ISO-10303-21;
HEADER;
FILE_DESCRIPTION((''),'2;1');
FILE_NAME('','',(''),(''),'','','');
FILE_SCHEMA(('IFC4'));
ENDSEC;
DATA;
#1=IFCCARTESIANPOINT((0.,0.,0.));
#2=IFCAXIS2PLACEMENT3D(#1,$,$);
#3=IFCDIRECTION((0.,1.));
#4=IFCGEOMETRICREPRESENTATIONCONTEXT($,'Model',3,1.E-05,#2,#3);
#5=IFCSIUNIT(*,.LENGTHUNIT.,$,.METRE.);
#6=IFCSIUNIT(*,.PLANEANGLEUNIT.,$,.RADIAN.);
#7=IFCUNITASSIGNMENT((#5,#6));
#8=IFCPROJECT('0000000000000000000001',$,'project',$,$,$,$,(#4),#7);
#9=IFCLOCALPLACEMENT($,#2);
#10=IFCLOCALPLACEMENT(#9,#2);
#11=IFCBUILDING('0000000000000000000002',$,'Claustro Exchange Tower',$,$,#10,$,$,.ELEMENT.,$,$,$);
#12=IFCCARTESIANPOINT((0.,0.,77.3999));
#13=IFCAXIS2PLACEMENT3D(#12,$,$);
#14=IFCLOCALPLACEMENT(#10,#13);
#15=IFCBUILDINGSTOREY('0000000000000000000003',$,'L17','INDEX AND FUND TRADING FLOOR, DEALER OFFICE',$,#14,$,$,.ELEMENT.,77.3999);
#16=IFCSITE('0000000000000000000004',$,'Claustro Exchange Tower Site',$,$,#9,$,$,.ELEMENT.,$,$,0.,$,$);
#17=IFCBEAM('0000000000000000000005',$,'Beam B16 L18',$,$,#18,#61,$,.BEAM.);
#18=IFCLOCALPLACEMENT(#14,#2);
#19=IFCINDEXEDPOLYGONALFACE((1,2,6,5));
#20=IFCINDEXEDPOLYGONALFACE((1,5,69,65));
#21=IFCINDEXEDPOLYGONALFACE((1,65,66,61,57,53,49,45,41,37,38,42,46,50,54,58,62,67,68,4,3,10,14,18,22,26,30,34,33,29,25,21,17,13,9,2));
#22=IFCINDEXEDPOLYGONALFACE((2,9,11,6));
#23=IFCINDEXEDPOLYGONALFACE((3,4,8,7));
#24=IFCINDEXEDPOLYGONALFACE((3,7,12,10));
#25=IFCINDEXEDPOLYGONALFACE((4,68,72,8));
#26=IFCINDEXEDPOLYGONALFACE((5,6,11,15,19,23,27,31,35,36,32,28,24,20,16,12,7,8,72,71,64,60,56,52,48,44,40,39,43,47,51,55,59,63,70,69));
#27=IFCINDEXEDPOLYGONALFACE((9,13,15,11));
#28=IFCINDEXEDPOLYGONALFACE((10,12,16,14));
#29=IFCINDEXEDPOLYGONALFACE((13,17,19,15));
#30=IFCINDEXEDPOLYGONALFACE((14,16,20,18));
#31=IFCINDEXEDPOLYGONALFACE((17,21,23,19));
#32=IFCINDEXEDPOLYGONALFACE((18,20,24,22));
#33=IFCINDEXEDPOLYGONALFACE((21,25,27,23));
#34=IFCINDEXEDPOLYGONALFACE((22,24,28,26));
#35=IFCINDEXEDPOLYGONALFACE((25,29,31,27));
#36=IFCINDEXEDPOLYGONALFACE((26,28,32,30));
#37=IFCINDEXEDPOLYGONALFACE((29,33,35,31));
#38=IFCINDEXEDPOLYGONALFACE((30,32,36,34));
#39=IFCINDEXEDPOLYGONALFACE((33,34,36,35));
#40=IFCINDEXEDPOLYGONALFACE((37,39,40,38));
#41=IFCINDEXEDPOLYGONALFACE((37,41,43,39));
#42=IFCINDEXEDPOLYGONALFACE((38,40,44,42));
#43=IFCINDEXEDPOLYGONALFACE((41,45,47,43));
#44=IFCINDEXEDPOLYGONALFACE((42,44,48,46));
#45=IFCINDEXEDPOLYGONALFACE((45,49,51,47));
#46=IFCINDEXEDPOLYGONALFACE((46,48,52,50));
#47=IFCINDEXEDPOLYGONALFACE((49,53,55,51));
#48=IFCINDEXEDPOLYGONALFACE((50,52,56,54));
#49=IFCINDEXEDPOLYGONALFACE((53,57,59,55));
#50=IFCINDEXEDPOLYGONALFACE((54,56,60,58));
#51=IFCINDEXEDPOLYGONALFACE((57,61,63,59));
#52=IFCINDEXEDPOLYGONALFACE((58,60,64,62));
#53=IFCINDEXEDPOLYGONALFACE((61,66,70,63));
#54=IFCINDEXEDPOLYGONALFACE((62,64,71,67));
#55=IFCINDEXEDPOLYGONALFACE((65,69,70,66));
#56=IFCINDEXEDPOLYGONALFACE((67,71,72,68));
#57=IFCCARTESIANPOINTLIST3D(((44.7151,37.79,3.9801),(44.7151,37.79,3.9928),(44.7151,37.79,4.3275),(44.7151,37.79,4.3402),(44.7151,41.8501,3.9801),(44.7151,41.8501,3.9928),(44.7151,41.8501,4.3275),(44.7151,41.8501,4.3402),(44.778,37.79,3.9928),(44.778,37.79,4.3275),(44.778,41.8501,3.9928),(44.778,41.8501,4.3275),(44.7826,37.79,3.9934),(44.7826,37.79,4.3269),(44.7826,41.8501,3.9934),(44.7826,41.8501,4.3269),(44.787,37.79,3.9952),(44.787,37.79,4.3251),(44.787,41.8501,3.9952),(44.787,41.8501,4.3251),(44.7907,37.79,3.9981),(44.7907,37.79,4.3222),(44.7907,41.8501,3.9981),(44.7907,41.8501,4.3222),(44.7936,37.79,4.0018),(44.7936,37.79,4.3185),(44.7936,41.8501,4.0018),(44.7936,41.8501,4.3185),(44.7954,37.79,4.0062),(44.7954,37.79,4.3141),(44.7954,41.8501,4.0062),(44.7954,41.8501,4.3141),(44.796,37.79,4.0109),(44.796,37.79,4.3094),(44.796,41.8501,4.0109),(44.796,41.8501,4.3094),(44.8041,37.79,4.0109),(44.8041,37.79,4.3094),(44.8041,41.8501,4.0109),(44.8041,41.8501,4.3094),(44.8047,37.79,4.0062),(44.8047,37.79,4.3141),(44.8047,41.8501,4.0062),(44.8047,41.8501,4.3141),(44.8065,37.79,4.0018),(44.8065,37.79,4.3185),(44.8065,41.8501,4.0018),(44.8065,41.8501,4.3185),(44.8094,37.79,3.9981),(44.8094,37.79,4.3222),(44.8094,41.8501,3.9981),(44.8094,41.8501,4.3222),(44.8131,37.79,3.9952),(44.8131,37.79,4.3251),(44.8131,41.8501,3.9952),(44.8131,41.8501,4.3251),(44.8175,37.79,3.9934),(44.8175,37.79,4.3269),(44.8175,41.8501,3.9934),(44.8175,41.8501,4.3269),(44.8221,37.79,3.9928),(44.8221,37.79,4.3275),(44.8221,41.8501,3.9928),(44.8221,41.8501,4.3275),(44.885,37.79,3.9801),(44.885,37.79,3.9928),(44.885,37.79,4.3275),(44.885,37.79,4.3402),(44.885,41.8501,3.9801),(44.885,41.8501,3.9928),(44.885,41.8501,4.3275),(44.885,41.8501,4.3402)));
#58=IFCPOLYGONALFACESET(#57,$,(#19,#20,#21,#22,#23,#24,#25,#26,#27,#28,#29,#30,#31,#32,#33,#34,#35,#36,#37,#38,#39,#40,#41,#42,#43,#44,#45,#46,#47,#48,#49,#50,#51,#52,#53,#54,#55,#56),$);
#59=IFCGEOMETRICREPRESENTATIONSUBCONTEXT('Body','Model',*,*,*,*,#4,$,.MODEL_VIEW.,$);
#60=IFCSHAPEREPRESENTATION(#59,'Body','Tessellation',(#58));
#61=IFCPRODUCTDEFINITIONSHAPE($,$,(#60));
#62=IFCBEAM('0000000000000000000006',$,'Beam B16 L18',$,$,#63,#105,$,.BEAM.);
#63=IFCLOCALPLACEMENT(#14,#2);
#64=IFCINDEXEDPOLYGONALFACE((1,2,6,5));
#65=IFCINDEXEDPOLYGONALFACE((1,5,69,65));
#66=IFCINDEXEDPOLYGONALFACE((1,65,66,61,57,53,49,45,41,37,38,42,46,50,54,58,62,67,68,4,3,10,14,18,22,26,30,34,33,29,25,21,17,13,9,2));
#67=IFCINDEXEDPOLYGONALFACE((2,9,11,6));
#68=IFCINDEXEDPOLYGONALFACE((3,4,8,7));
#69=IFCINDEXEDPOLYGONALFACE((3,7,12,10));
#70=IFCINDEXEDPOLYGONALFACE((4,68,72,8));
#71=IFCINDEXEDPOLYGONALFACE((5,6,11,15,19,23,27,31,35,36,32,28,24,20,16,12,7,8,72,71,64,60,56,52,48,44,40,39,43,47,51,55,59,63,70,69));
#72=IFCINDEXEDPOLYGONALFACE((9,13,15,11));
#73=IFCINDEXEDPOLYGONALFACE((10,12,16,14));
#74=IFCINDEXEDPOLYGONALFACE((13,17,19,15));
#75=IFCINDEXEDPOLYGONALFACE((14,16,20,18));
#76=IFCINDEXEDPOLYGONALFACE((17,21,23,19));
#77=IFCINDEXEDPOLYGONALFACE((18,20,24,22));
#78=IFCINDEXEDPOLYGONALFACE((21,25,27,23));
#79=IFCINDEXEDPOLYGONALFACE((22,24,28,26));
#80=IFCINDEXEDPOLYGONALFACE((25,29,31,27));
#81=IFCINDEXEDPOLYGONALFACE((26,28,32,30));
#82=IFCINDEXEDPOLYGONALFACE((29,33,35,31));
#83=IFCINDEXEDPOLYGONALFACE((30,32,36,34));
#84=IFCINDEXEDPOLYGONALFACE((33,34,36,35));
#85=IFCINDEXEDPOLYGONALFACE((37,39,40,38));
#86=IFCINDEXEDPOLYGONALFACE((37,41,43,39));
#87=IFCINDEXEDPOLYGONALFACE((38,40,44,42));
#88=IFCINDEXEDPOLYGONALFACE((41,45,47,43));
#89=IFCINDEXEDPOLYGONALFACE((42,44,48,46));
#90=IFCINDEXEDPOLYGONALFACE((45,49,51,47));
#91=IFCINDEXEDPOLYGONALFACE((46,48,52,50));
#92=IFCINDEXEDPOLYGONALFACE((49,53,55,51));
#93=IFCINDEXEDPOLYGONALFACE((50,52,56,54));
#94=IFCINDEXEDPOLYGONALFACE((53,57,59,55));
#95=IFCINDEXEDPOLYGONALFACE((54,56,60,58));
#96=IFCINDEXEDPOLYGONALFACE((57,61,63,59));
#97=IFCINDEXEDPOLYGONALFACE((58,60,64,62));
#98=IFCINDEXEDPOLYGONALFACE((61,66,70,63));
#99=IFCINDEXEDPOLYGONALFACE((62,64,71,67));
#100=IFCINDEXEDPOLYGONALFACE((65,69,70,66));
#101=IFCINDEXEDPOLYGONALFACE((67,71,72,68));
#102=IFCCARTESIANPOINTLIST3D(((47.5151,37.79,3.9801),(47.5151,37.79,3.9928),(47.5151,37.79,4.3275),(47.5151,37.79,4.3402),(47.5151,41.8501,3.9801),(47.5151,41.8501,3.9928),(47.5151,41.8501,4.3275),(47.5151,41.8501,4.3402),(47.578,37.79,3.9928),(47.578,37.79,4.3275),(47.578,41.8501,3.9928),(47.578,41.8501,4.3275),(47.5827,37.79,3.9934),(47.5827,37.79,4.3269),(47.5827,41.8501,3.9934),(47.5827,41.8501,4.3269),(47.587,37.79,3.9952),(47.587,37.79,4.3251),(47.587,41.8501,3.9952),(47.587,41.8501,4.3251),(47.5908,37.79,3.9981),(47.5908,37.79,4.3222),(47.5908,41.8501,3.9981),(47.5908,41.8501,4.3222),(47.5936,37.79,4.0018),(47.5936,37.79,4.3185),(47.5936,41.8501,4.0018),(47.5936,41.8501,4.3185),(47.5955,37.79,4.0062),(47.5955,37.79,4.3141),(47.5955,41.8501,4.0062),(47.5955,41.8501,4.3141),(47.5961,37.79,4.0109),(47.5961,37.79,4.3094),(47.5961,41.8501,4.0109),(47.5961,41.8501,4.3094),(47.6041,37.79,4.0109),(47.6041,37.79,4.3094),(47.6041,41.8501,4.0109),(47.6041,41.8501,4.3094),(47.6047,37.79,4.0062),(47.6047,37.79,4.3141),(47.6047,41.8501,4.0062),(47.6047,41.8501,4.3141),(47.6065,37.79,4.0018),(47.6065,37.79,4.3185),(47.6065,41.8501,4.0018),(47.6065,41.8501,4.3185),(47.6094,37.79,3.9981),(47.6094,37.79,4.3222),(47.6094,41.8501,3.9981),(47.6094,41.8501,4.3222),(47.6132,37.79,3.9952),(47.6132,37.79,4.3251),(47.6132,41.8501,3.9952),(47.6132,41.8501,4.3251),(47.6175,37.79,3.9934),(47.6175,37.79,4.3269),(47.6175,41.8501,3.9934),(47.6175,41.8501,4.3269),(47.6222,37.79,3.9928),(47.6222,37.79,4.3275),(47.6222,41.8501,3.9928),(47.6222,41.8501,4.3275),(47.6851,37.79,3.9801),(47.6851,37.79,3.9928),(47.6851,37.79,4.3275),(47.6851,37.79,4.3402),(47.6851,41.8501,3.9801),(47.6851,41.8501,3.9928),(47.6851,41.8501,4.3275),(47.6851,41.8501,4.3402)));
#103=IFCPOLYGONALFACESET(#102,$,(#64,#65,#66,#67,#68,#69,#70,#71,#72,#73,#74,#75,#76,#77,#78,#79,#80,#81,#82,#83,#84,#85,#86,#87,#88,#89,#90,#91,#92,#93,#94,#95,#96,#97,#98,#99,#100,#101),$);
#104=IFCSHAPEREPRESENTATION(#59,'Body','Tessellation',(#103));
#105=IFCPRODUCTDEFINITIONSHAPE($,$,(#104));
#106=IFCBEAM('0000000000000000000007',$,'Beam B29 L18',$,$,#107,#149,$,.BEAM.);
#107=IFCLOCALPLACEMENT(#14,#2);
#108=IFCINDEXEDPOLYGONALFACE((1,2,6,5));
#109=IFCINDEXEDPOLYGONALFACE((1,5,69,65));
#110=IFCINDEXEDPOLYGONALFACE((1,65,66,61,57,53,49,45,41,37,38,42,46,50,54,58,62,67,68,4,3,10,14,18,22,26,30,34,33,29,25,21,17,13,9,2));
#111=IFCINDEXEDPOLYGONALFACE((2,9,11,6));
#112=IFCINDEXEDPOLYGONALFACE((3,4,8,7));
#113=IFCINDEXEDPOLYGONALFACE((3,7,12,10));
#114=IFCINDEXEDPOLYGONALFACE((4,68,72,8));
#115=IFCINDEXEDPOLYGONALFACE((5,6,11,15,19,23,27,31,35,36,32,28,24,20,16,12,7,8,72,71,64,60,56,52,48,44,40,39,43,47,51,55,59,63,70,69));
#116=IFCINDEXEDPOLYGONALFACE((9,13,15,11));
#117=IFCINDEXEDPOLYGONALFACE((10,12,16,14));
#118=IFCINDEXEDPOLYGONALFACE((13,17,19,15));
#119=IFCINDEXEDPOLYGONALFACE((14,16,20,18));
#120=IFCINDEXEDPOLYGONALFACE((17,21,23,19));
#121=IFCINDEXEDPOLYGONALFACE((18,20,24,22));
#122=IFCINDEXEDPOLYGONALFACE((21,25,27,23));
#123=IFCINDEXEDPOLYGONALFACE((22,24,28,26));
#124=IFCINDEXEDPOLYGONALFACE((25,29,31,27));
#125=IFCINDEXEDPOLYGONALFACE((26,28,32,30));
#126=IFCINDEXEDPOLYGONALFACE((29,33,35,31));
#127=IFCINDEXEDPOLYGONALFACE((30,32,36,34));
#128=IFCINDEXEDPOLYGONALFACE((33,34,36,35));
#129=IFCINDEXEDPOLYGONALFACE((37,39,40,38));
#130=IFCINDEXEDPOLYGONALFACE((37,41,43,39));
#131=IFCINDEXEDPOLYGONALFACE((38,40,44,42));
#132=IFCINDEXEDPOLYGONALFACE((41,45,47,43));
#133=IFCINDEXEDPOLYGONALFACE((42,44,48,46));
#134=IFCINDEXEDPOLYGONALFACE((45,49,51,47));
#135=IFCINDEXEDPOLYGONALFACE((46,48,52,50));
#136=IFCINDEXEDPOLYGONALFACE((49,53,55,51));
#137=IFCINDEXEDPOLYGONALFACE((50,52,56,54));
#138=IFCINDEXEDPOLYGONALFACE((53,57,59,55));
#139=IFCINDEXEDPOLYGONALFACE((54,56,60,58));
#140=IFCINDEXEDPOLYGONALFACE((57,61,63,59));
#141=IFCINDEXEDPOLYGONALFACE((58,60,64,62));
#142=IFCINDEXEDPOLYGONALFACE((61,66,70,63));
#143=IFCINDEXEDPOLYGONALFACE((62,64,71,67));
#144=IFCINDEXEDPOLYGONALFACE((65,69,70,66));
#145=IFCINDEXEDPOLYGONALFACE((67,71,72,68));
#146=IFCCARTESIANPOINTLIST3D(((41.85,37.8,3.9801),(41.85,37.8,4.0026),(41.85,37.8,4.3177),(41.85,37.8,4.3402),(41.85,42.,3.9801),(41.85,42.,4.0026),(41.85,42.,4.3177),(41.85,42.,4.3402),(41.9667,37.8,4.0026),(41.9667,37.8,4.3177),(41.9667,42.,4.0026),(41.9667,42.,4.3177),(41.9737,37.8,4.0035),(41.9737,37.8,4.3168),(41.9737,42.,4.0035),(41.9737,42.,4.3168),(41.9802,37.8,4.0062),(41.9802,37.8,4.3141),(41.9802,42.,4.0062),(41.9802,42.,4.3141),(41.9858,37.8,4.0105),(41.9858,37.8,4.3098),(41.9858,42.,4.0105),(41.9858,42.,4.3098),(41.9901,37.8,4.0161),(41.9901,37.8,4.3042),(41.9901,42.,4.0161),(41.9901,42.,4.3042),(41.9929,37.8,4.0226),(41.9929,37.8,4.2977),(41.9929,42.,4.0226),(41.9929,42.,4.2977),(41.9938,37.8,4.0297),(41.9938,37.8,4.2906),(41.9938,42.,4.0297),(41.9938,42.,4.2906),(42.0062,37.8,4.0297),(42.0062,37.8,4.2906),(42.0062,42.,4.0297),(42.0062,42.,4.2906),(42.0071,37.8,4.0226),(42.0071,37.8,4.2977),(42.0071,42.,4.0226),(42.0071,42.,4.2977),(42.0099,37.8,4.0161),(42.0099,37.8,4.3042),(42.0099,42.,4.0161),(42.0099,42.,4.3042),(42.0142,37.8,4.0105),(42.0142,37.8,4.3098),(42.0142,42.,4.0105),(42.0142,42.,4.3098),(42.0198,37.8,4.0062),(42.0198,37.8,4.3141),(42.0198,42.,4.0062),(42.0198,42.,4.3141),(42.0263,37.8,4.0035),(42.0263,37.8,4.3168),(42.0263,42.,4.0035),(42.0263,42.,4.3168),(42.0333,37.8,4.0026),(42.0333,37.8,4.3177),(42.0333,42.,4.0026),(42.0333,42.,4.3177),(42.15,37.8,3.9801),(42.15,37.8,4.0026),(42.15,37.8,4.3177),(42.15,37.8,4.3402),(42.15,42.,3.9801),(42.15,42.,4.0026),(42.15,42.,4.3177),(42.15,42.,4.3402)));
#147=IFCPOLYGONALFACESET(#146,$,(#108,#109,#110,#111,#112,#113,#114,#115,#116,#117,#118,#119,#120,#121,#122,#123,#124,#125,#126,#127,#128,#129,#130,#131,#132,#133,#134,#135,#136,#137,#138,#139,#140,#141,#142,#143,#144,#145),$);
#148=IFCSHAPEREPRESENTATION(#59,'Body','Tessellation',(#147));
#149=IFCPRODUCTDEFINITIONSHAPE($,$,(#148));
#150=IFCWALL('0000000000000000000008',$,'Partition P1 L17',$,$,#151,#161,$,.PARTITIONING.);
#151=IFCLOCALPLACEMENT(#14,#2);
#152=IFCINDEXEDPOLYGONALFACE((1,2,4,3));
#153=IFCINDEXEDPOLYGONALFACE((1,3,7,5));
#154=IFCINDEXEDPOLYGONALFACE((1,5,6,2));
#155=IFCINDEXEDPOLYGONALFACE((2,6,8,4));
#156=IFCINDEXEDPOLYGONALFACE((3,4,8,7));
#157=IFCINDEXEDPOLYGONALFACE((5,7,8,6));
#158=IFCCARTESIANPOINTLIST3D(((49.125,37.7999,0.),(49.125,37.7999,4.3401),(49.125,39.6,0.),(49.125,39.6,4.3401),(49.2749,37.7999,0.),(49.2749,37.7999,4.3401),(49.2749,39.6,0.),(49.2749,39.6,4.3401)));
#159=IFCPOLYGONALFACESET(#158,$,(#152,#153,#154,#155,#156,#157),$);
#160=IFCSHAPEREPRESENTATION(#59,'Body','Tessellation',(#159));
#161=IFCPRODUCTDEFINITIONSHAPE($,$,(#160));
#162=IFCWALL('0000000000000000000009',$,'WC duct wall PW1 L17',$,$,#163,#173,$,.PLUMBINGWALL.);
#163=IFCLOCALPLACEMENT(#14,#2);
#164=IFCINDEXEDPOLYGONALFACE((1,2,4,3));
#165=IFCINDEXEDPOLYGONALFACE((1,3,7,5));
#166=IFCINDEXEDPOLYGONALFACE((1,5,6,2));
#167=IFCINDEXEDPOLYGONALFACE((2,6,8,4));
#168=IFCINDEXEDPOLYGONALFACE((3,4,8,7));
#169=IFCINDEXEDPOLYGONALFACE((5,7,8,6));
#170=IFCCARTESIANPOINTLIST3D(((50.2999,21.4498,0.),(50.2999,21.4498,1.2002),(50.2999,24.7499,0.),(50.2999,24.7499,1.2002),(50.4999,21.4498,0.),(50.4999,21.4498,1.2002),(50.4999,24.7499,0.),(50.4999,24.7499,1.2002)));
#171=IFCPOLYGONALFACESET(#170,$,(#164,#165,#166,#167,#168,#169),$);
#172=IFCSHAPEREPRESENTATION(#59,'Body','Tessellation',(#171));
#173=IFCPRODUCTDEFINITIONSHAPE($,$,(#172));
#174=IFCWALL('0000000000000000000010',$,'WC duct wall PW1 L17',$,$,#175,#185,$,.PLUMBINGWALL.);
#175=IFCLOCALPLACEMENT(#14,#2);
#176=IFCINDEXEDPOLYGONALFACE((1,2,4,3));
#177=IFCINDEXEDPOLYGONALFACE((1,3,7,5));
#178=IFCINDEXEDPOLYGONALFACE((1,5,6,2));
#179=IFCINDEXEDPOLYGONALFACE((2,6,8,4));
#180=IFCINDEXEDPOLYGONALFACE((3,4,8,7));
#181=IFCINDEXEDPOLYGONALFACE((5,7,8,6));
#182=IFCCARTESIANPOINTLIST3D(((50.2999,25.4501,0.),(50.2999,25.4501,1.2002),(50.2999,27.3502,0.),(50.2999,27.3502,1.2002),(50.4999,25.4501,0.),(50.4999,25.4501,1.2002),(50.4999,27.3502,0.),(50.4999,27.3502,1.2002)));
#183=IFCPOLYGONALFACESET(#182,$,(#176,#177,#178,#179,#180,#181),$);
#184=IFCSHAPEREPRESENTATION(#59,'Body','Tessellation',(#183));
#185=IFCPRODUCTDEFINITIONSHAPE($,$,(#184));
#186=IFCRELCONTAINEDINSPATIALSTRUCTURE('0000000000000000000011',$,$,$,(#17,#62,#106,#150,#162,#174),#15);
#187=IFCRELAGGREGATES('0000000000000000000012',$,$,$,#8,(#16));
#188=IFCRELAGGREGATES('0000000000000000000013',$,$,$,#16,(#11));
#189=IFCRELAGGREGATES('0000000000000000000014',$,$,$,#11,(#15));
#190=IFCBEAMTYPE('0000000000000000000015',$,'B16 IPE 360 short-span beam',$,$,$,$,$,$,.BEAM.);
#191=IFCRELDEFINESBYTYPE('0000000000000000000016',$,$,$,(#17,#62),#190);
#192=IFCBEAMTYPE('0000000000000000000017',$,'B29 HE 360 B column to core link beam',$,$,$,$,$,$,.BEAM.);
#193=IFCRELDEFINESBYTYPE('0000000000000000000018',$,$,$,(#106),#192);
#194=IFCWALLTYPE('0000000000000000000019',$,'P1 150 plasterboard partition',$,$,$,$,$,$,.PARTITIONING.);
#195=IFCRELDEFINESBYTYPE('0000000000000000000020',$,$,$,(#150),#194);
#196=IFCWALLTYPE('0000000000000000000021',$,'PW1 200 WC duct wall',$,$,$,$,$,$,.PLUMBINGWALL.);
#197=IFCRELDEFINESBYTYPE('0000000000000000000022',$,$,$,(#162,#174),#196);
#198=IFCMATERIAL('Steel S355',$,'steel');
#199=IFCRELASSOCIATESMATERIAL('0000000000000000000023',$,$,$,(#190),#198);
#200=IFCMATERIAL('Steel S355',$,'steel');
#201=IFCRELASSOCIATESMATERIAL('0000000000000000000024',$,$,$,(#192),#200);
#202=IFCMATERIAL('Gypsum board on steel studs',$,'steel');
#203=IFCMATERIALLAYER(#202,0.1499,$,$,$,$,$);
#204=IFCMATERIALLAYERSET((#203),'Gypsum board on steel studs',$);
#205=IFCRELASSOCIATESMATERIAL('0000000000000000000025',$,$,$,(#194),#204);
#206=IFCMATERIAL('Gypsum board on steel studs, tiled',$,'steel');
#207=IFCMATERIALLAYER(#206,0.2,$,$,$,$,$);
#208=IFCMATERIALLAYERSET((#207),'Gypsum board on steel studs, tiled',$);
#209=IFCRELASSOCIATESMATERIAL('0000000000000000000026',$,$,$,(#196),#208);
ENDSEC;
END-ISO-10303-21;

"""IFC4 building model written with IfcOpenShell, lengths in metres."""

from ifc_helpers import new_model, si_unit, direction, frame, frame_2d, origin, origin_2d, place, context, subcontext, project, spatial, rectangle, i_section, extrude, material, layer, layer_set, material_profile, profile_set, type_object, element, save


model = new_model("IFC4")

# Units and contexts
model_context = context("Model", 3, precision=1e-05, world=origin(), true_north=direction((0.0, 1.0)))
body_context = subcontext(model_context, "Body", "Model", "MODEL_VIEW")
ifc_project = project(units=[si_unit("LENGTHUNIT", "METRE"), si_unit("PLANEANGLEUNIT", "RADIAN")], contexts=[model_context])

# Site, building, storey
site_placement = place(None, origin())
site = spatial("IfcSite", under=ifc_project, at=site_placement, Name="Claustro Exchange Tower Site", CompositionType="ELEMENT", RefElevation=0.0)
building_placement = place(site_placement, origin())
building = spatial("IfcBuilding", under=site, at=building_placement, Name="Claustro Exchange Tower", CompositionType="ELEMENT")
storey_placement = place(building_placement, frame((0.0, 0.0, 77.3999)))
storey = spatial("IfcBuildingStorey", under=building, at=storey_placement, Name="L17", Description="INDEX AND FUND TRADING FLOOR, DEALER OFFICE", CompositionType="ELEMENT", Elevation=77.3999)

# Beams
ifc_material_1 = material(Name="Steel S355", Category="steel")
ifc_material_profile_1 = material_profile(ifc_material_1, i_section(OverallWidth=0.1699, OverallDepth=0.3601, WebThickness=0.0081, FlangeThickness=0.0127, FilletRadius=0.0181, at=origin_2d()), Name="IPE 360")
ifc_profile_set_1 = profile_set([ifc_material_profile_1], Name="Steel S355")
beam_type_1 = type_object("IfcBeamType", Name="B16 IPE 360 short-span beam", PredefinedType="BEAM", material=ifc_profile_set_1)
for number, where, z_axis, x_axis, name in (
    (1, (44.8, 37.79, 4.1602), (0.0, 1.0, 0.0), (-1.0, 0.0, 0.0), "Beam B16 L18"),
    (2, (47.6001, 37.79, 4.1602), (0.0, 1.0, 0.0), (-1.0, 0.0, 0.0), "Beam B16 L18"),
):
    element("IfcBeam", number, at=place(storey_placement, frame(where, z_axis=z_axis, x_axis=x_axis)), inside=storey, type_object=beam_type_1, Name=name, PredefinedType="BEAM", context=body_context, shape_type="SweptSolid", body=[
        extrude(i_section(OverallWidth=0.1699, OverallDepth=0.3601, WebThickness=0.0081, FlangeThickness=0.0127, FilletRadius=0.0181, at=origin_2d()), origin(), (0.0, 0.0, 1.0), 4.0601),
    ])
ifc_material_2 = material(Name="Steel S355", Category="steel")
ifc_material_profile_2 = material_profile(ifc_material_2, i_section(OverallWidth=0.3, OverallDepth=0.3601, WebThickness=0.0125, FlangeThickness=0.0225, FilletRadius=0.0271, at=origin_2d()), Name="HE 360 B")
ifc_profile_set_2 = profile_set([ifc_material_profile_2], Name="Steel S355")
beam_type_2 = type_object("IfcBeamType", Name="B29 HE 360 B column to core link beam", PredefinedType="BEAM", material=ifc_profile_set_2)
beam_placement = place(storey_placement, frame((42.0, 37.8, 4.1602), z_axis=(0.0, 1.0, 0.0), x_axis=(-1.0, 0.0, 0.0)))
element("IfcBeam", 3, at=beam_placement, inside=storey, type_object=beam_type_2, Name="Beam B29 L18", PredefinedType="BEAM", context=body_context, shape_type="SweptSolid", body=[
    extrude(i_section(OverallWidth=0.3, OverallDepth=0.3601, WebThickness=0.0125, FlangeThickness=0.0225, FilletRadius=0.0271, at=origin_2d()), origin(), (0.0, 0.0, 1.0), 4.2),
])

# Walls
ifc_material_3 = material(Name="Gypsum board on steel studs", Category="steel")
ifc_layer_1 = layer(ifc_material_3, 0.1499)
ifc_layer_set_1 = layer_set([ifc_layer_1], Name="Gypsum board on steel studs")
wall_type_1 = type_object("IfcWallType", Name="P1 150 plasterboard partition", PredefinedType="PARTITIONING", material=ifc_layer_set_1)
wall_1_placement = place(storey_placement, frame((49.2, 37.8, 0.0), z_axis=(0.0, 0.0, 1.0), x_axis=(0.0, 1.0, 0.0)))
element("IfcWall", 4, at=wall_1_placement, inside=storey, type_object=wall_type_1, Name="Partition P1 L17", PredefinedType="PARTITIONING", context=body_context, shape_type="SweptSolid", body=[
    extrude(rectangle(XDim=1.8, YDim=0.1499, at=frame_2d((0.8999, 0.0))), origin(), (0.0, 0.0, 1.0), 4.3401),
])
ifc_material_4 = material(Name="Gypsum board on steel studs, tiled", Category="steel")
ifc_layer_2 = layer(ifc_material_4, 0.2)
ifc_layer_set_2 = layer_set([ifc_layer_2], Name="Gypsum board on steel studs, tiled")
wall_type_2 = type_object("IfcWallType", Name="PW1 200 WC duct wall", PredefinedType="PLUMBINGWALL", material=ifc_layer_set_2)
wall_2_placement = place(storey_placement, frame((50.3999, 21.45, 0.0), z_axis=(0.0, 0.0, 1.0), x_axis=(0.0, 1.0, 0.0)))
element("IfcWall", 5, at=wall_2_placement, inside=storey, type_object=wall_type_2, Name="WC duct wall PW1 L17", PredefinedType="PLUMBINGWALL", context=body_context, shape_type="SweptSolid", body=[
    extrude(rectangle(XDim=3.3, YDim=0.2, at=frame_2d((1.6499, 0.0))), origin(), (0.0, 0.0, 1.0), 1.2002),
])
wall_3_placement = place(storey_placement, frame((50.3999, 25.45, 0.0), z_axis=(0.0, 0.0, 1.0), x_axis=(0.0, 1.0, 0.0)))
element("IfcWall", 6, at=wall_3_placement, inside=storey, type_object=wall_type_2, Name="WC duct wall PW1 L17", PredefinedType="PLUMBINGWALL", context=body_context, shape_type="SweptSolid", body=[
    extrude(rectangle(XDim=1.9001, YDim=0.2, at=frame_2d((0.9502, 0.0))), origin(), (0.0, 0.0, 1.0), 1.2002),
])

save(model, "model.ifc")
